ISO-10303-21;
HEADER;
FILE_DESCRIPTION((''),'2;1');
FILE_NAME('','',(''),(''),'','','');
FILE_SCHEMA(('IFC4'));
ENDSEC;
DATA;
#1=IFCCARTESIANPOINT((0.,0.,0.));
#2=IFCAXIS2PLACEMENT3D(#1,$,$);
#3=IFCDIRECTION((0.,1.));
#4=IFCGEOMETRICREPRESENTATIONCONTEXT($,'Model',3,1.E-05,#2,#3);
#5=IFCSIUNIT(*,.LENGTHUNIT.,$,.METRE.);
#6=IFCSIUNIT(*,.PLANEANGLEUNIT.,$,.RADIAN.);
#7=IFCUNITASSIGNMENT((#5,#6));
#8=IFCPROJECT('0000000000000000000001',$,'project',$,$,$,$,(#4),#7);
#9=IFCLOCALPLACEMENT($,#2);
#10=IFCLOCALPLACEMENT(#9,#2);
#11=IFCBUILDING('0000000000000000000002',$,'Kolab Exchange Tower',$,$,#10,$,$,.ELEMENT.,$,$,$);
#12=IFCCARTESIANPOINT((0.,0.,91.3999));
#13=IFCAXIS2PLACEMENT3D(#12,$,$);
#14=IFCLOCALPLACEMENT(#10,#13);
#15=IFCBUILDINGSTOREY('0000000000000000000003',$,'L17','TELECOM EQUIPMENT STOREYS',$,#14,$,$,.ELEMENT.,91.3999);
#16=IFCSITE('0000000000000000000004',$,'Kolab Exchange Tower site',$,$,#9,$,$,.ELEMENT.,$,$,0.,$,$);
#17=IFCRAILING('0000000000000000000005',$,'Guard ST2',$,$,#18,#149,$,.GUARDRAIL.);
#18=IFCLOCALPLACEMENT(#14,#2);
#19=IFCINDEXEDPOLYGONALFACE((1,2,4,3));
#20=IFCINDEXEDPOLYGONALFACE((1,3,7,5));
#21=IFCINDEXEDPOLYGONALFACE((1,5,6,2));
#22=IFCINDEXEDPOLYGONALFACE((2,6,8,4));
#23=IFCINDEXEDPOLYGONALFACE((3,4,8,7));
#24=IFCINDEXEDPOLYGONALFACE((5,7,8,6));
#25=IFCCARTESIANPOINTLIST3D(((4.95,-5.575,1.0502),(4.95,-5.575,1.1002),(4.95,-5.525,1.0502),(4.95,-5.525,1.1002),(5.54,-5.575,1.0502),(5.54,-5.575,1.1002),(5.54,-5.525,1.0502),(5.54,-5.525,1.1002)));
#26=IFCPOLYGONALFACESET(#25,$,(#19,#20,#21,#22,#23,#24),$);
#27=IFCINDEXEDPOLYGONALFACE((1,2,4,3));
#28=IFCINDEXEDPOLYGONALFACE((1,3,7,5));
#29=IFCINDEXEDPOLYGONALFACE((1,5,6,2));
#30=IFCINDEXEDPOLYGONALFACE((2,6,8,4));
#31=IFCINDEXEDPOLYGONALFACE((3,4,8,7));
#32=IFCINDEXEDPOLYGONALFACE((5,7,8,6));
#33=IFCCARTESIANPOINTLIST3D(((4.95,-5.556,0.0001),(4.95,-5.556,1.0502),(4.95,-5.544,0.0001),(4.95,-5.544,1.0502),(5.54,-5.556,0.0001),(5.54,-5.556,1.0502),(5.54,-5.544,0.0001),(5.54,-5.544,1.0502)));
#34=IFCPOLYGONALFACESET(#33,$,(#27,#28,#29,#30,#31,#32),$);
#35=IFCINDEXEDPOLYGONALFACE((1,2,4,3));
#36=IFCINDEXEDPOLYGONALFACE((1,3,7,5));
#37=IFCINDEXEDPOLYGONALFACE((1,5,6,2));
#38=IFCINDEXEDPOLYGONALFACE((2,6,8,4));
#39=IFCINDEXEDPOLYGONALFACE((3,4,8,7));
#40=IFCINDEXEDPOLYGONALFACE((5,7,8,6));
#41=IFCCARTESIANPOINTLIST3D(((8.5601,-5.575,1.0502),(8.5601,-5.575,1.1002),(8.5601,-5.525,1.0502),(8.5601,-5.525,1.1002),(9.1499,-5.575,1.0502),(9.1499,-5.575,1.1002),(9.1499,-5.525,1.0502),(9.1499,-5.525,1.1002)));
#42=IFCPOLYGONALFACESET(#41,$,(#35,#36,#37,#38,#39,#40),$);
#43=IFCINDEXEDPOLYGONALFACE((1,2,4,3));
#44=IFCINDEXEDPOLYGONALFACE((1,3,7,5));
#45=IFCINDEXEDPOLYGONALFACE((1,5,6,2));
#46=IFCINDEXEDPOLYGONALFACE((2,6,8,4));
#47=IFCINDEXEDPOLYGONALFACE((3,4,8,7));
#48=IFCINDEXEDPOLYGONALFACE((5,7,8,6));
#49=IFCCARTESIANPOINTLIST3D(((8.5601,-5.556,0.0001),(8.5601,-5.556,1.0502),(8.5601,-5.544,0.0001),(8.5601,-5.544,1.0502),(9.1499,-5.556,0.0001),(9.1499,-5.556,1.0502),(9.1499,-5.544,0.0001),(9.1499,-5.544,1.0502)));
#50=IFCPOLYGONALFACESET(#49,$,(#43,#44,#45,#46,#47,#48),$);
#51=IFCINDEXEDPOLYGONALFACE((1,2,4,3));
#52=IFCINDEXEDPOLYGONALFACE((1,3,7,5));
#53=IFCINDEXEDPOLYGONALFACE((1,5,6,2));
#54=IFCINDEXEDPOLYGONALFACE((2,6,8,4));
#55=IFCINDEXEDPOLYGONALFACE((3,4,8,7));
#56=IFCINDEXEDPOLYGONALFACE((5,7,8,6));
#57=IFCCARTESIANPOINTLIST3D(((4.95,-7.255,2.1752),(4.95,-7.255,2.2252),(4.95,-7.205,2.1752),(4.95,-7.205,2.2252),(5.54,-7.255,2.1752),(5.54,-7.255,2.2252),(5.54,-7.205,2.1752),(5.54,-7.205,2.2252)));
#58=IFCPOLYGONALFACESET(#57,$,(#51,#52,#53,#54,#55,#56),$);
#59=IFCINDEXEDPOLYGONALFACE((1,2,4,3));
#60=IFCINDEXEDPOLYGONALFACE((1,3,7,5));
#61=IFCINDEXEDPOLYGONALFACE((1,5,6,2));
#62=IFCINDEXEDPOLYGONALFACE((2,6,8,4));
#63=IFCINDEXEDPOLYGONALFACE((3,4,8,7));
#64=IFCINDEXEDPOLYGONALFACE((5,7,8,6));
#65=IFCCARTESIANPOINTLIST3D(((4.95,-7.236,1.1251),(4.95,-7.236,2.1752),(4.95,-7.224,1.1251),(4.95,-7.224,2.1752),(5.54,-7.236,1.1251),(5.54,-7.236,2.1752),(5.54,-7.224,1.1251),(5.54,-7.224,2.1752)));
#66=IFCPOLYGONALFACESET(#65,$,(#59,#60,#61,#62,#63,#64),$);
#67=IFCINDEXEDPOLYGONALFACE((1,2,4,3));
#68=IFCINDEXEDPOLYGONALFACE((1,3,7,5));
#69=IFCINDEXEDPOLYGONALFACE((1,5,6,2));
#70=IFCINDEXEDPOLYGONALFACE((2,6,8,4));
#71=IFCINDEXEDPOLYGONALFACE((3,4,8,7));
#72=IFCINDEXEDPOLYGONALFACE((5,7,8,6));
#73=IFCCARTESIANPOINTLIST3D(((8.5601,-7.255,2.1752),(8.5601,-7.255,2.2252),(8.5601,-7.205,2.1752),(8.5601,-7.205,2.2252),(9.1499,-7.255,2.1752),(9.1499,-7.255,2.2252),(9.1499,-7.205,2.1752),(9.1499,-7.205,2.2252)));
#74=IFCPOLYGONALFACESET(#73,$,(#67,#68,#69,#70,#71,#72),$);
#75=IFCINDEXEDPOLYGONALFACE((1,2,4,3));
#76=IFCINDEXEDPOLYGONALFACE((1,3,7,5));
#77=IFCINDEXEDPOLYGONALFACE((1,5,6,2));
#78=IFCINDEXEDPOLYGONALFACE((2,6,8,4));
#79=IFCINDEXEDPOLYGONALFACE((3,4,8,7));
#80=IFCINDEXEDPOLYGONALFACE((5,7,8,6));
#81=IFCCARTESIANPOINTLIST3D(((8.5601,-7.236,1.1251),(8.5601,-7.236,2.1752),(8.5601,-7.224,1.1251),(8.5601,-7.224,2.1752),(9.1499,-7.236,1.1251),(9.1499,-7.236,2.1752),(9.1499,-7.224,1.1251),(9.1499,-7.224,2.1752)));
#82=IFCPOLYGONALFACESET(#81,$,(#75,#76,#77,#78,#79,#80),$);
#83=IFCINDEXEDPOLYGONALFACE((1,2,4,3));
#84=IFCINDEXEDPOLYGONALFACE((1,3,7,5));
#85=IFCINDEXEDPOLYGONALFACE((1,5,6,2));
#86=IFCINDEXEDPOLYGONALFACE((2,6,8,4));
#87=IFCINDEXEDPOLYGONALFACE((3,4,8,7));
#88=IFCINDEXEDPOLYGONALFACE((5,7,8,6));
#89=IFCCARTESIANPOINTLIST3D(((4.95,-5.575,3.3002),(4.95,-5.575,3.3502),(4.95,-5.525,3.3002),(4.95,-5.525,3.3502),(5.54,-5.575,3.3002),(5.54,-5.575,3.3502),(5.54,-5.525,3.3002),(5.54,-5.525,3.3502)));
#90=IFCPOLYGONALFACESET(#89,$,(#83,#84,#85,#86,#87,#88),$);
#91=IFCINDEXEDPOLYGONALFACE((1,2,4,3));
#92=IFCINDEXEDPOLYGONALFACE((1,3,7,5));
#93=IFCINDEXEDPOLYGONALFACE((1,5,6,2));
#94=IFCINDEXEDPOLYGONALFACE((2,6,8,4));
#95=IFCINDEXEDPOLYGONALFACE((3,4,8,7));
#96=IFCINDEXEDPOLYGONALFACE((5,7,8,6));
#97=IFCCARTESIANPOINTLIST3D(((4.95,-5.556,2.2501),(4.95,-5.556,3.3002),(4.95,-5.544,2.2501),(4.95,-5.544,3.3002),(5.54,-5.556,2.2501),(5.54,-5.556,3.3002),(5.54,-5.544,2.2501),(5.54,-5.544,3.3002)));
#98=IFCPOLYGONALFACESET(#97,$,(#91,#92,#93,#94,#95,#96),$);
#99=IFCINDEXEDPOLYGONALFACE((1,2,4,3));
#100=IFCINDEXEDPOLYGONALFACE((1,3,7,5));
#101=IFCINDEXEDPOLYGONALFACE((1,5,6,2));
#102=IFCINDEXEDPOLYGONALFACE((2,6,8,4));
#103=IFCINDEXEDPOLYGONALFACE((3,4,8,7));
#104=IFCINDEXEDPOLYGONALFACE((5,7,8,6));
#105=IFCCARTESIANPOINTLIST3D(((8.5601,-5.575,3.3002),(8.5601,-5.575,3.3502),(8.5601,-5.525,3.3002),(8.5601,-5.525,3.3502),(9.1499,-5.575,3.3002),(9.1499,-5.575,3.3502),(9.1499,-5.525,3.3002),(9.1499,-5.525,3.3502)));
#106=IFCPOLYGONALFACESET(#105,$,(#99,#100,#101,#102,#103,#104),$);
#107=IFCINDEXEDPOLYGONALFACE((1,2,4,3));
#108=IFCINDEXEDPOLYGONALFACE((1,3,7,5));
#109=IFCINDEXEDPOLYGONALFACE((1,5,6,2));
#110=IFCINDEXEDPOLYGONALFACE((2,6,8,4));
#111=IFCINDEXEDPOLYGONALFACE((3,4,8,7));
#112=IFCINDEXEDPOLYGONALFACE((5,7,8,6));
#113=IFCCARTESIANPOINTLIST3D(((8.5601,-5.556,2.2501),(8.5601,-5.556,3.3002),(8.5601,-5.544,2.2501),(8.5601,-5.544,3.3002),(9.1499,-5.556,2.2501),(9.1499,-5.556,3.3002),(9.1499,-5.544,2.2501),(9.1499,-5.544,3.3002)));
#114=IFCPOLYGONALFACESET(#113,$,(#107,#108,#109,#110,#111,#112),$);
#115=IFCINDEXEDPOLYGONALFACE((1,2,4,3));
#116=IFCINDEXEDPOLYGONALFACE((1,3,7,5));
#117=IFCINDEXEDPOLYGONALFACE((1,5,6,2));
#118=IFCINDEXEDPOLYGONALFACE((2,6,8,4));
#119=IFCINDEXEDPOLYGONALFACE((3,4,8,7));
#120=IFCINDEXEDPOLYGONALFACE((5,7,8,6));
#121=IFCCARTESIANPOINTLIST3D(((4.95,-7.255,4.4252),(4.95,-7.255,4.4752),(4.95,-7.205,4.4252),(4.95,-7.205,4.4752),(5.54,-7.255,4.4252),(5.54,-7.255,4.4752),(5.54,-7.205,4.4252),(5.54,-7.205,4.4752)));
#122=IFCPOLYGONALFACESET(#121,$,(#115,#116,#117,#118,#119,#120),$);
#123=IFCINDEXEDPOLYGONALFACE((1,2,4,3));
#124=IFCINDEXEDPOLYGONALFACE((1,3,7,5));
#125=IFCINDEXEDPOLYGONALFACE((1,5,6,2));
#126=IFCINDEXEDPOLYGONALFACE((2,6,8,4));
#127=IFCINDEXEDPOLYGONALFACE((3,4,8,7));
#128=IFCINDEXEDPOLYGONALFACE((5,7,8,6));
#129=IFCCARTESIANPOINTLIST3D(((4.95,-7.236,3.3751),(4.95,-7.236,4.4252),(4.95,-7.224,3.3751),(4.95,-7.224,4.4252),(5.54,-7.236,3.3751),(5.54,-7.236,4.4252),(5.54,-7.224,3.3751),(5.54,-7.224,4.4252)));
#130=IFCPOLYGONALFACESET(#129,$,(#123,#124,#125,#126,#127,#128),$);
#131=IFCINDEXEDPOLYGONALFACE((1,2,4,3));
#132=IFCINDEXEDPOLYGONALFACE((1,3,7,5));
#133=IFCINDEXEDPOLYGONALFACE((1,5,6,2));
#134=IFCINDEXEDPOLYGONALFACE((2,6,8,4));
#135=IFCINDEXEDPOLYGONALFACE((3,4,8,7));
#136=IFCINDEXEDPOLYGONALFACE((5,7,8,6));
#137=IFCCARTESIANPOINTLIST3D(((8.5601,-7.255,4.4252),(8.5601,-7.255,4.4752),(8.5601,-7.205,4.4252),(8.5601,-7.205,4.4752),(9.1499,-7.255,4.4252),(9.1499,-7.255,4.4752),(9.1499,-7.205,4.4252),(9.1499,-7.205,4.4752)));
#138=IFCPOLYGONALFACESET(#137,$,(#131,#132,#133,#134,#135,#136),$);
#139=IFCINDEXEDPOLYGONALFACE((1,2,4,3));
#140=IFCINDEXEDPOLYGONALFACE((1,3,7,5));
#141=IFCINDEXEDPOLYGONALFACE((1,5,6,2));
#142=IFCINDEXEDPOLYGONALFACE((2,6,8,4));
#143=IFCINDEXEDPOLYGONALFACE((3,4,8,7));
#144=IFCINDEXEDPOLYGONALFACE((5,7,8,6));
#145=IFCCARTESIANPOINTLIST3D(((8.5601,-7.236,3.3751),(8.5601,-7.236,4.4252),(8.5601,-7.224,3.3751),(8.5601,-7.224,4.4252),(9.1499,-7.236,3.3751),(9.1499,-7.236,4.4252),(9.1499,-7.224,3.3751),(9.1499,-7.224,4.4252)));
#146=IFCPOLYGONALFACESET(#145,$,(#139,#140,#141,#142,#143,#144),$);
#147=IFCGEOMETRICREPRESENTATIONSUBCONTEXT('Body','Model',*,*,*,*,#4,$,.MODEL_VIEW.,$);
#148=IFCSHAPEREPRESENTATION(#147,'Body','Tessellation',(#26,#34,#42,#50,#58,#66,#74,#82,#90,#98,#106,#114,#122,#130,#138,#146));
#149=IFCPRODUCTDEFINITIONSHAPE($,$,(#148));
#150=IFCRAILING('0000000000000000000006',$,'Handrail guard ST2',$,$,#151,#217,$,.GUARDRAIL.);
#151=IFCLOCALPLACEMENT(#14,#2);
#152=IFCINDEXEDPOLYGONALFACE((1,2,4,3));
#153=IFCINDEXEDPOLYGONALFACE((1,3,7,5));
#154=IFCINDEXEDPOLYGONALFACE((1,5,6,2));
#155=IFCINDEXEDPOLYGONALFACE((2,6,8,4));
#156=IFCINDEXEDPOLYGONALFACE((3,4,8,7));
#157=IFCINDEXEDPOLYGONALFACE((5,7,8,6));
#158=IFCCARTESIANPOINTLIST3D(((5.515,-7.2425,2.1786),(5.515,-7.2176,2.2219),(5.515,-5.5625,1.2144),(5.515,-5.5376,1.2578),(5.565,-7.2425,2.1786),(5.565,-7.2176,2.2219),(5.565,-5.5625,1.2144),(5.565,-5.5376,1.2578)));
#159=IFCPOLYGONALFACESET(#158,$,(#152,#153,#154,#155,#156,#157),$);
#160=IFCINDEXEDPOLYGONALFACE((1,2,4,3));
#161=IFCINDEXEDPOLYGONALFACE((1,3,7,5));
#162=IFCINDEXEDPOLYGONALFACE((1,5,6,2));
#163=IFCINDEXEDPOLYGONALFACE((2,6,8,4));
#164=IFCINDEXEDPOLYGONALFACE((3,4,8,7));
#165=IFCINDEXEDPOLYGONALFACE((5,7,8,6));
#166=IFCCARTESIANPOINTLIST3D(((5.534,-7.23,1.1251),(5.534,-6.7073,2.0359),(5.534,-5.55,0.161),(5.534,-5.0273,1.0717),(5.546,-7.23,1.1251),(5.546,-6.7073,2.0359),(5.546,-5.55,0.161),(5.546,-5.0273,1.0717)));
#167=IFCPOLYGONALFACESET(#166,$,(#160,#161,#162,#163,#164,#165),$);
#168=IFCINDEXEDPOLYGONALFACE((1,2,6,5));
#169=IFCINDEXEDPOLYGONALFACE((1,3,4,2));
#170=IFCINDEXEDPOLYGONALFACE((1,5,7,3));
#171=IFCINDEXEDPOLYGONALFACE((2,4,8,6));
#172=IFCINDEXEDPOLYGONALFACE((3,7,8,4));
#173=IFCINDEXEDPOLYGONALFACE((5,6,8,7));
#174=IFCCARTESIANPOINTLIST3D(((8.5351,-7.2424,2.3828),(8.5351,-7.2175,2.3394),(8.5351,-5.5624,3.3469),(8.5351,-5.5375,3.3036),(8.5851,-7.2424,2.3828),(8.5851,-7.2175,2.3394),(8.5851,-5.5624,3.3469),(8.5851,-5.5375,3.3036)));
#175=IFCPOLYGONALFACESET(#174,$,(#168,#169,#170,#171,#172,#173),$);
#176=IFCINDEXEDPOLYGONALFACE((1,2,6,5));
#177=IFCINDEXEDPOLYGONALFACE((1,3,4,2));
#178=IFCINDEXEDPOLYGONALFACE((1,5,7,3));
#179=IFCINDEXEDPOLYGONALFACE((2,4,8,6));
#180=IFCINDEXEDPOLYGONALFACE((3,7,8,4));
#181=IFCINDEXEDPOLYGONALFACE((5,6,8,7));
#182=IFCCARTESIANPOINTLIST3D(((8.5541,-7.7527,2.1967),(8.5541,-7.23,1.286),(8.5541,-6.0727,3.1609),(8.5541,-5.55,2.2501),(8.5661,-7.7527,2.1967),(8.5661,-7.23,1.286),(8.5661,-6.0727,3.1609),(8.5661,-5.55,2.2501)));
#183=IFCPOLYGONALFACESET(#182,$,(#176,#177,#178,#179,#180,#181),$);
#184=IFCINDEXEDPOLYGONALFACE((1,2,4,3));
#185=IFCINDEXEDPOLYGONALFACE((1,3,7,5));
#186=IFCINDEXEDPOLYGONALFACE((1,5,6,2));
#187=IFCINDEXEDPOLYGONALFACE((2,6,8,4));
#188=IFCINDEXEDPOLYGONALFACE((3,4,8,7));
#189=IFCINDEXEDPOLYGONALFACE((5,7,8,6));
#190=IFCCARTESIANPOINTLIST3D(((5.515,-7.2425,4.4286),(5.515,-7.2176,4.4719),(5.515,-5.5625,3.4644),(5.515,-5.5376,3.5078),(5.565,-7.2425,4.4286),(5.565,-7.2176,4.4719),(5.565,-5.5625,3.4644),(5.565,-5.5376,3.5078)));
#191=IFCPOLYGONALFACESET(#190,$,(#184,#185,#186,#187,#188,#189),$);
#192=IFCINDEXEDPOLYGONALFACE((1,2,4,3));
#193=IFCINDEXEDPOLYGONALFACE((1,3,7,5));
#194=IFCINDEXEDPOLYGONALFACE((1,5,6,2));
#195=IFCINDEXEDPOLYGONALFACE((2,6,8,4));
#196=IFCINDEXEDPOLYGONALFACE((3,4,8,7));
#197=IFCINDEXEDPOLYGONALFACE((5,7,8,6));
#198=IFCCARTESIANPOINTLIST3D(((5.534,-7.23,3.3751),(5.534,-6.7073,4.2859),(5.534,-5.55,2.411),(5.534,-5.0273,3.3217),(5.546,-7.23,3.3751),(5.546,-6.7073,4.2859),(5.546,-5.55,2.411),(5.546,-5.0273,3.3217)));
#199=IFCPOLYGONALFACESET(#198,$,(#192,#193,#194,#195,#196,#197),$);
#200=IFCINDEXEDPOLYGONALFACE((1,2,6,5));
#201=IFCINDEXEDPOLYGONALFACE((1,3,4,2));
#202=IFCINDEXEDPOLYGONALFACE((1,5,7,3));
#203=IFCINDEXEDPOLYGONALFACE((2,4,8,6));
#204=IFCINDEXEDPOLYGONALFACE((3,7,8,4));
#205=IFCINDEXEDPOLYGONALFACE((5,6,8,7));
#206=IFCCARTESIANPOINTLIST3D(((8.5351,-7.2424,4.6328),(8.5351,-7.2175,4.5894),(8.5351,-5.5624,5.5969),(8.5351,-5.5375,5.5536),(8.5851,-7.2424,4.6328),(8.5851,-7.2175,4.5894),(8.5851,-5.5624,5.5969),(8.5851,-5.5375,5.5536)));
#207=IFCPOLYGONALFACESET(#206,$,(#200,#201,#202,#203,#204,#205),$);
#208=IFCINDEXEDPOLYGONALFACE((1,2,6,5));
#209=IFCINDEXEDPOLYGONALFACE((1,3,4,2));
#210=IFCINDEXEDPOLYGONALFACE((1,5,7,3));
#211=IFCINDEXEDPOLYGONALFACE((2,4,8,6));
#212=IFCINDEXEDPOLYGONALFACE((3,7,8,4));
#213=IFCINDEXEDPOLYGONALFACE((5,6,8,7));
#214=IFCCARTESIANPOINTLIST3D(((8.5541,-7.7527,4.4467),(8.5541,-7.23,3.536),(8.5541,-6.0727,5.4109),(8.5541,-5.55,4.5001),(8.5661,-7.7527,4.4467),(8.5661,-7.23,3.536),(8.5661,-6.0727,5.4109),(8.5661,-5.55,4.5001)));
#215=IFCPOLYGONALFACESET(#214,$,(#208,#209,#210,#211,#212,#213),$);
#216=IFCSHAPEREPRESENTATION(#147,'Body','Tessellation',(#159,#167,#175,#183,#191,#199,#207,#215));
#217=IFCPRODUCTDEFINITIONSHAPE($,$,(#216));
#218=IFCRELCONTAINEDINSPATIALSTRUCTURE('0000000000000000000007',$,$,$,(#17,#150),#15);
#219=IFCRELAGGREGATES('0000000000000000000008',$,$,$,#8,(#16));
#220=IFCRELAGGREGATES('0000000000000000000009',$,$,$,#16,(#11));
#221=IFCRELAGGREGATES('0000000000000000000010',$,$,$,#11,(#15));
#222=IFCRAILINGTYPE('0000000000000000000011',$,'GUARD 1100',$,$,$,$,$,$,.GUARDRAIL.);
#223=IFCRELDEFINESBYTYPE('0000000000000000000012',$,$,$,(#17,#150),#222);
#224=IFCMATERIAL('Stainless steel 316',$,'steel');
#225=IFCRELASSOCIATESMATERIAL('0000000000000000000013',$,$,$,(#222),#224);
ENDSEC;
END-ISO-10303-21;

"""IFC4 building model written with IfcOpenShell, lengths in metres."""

from ifc_helpers import new_model, si_unit, direction, frame, frame_2d, origin, origin_2d, place, context, subcontext, project, spatial, rectangle, extrude, material, type_object, element, save


model = new_model("IFC4")

# Units and contexts
model_context = context("Model", 3, precision=1e-05, world=origin(), true_north=direction((0.0, 1.0)))
body_context = subcontext(model_context, "Body", "Model", "MODEL_VIEW")
ifc_project = project(units=[si_unit("LENGTHUNIT", "METRE"), si_unit("PLANEANGLEUNIT", "RADIAN")], contexts=[model_context])

# Site, building, storey
site_placement = place(None, origin())
site = spatial("IfcSite", under=ifc_project, at=site_placement, Name="Kolab Exchange Tower site", CompositionType="ELEMENT", RefElevation=0.0)
building_placement = place(site_placement, origin())
building = spatial("IfcBuilding", under=site, at=building_placement, Name="Kolab Exchange Tower", CompositionType="ELEMENT")
storey_placement = place(building_placement, frame((0.0, 0.0, 91.3999)))
storey = spatial("IfcBuildingStorey", under=building, at=storey_placement, Name="L17", Description="TELECOM EQUIPMENT STOREYS", CompositionType="ELEMENT", Elevation=91.3999)

# Shared definitions
ifc_material_1 = material(Name="Stainless steel 316", Category="steel")

# Railings
railing_type = type_object("IfcRailingType", Name="GUARD 1100", PredefinedType="GUARDRAIL", material=ifc_material_1)
railing_1_placement = place(storey_placement, frame((4.95, -5.55, 0.0)))
element("IfcRailing", 1, at=railing_1_placement, inside=storey, type_object=railing_type, Name="Guard ST2", PredefinedType="GUARDRAIL", context=body_context, shape_type="SweptSolid", body=[
    extrude(rectangle(XDim=0.05, YDim=0.05, at=origin_2d()), frame((0.0, 0.0, 1.0752), z_axis=(1.0, 0.0, 0.0), x_axis=(0.0, 1.0, 0.0)), (0.0, 0.0, 1.0), 0.5901),
    extrude(rectangle(XDim=0.012, YDim=1.0501, at=frame_2d((0.0, 0.5251))), frame((0.0, 0.0, 0.0), z_axis=(1.0, 0.0, 0.0), x_axis=(0.0, 1.0, 0.0)), (0.0, 0.0, 1.0), 0.5901),
    extrude(rectangle(XDim=0.05, YDim=0.05, at=origin_2d()), frame((3.6101, 0.0, 1.0752), z_axis=(1.0, 0.0, 0.0), x_axis=(0.0, 1.0, 0.0)), (0.0, 0.0, 1.0), 0.5898),
    extrude(rectangle(XDim=0.012, YDim=1.0501, at=frame_2d((0.0, 0.5251))), frame((3.6101, 0.0, 0.0), z_axis=(1.0, 0.0, 0.0), x_axis=(0.0, 1.0, 0.0)), (0.0, 0.0, 1.0), 0.5898),
    extrude(rectangle(XDim=0.05, YDim=0.05, at=origin_2d()), frame((0.0, -1.6799, 2.2002), z_axis=(1.0, 0.0, 0.0), x_axis=(0.0, 1.0, 0.0)), (0.0, 0.0, 1.0), 0.5901),
    extrude(rectangle(XDim=0.012, YDim=1.0501, at=frame_2d((0.0, 0.5251))), frame((0.0, -1.6799, 1.125), z_axis=(1.0, 0.0, 0.0), x_axis=(0.0, 1.0, 0.0)), (0.0, 0.0, 1.0), 0.5901),
    extrude(rectangle(XDim=0.05, YDim=0.05, at=origin_2d()), frame((3.6101, -1.6799, 2.2002), z_axis=(1.0, 0.0, 0.0), x_axis=(0.0, 1.0, 0.0)), (0.0, 0.0, 1.0), 0.5898),
    extrude(rectangle(XDim=0.012, YDim=1.0501, at=frame_2d((0.0, 0.5251))), frame((3.6101, -1.6799, 1.125), z_axis=(1.0, 0.0, 0.0), x_axis=(0.0, 1.0, 0.0)), (0.0, 0.0, 1.0), 0.5898),
    extrude(rectangle(XDim=0.05, YDim=0.05, at=origin_2d()), frame((0.0, 0.0, 3.3252), z_axis=(1.0, 0.0, 0.0), x_axis=(0.0, 1.0, 0.0)), (0.0, 0.0, 1.0), 0.5901),
    extrude(rectangle(XDim=0.012, YDim=1.0501, at=frame_2d((0.0, 0.5251))), frame((0.0, 0.0, 2.25), z_axis=(1.0, 0.0, 0.0), x_axis=(0.0, 1.0, 0.0)), (0.0, 0.0, 1.0), 0.5901),
    extrude(rectangle(XDim=0.05, YDim=0.05, at=origin_2d()), frame((3.6101, 0.0, 3.3252), z_axis=(1.0, 0.0, 0.0), x_axis=(0.0, 1.0, 0.0)), (0.0, 0.0, 1.0), 0.5898),
    extrude(rectangle(XDim=0.012, YDim=1.0501, at=frame_2d((0.0, 0.5251))), frame((3.6101, 0.0, 2.25), z_axis=(1.0, 0.0, 0.0), x_axis=(0.0, 1.0, 0.0)), (0.0, 0.0, 1.0), 0.5898),
    extrude(rectangle(XDim=0.05, YDim=0.05, at=origin_2d()), frame((0.0, -1.6799, 4.4502), z_axis=(1.0, 0.0, 0.0), x_axis=(0.0, 1.0, 0.0)), (0.0, 0.0, 1.0), 0.5901),
    extrude(rectangle(XDim=0.012, YDim=1.0501, at=frame_2d((0.0, 0.5251))), frame((0.0, -1.6799, 3.375), z_axis=(1.0, 0.0, 0.0), x_axis=(0.0, 1.0, 0.0)), (0.0, 0.0, 1.0), 0.5901),
    extrude(rectangle(XDim=0.05, YDim=0.05, at=origin_2d()), frame((3.6101, -1.6799, 4.4502), z_axis=(1.0, 0.0, 0.0), x_axis=(0.0, 1.0, 0.0)), (0.0, 0.0, 1.0), 0.5898),
    extrude(rectangle(XDim=0.012, YDim=1.0501, at=frame_2d((0.0, 0.5251))), frame((3.6101, -1.6799, 3.375), z_axis=(1.0, 0.0, 0.0), x_axis=(0.0, 1.0, 0.0)), (0.0, 0.0, 1.0), 0.5898),
])
railing_2_placement = place(storey_placement, frame((5.54, -5.55, 0.1609)))
element("IfcRailing", 2, at=railing_2_placement, inside=storey, type_object=railing_type, Name="Handrail guard ST2", PredefinedType="GUARDRAIL", context=body_context, shape_type="SweptSolid", body=[
    extrude(rectangle(XDim=0.05, YDim=0.05, at=origin_2d()), frame((0.0, 0.0, 1.0752), z_axis=(0.0, -0.867319, 0.497753), x_axis=(1.0, 0.0, 0.0)), (0.0, 0.0, 1.0), 1.937),
    extrude(rectangle(XDim=0.012, YDim=1.0501, at=frame_2d((0.0, 0.5251))), frame((0.0, 0.0, 0.0), z_axis=(0.0, -0.867319, 0.497753), x_axis=(1.0, 0.0, 0.0)), (0.0, 0.0, 1.0), 1.937),
    extrude(rectangle(XDim=0.05, YDim=0.05, at=origin_2d()), frame((3.02, -1.6799, 2.2002), z_axis=(0.0, 0.867319, 0.497753), x_axis=(-1.0, 0.0, 0.0)), (0.0, 0.0, 1.0), 1.937),
    extrude(rectangle(XDim=0.012, YDim=1.0501, at=frame_2d((0.0, 0.5251))), frame((3.02, -1.6799, 1.125), z_axis=(0.0, 0.867319, 0.497753), x_axis=(-1.0, 0.0, 0.0)), (0.0, 0.0, 1.0), 1.937),
    extrude(rectangle(XDim=0.05, YDim=0.05, at=origin_2d()), frame((0.0, 0.0, 3.3252), z_axis=(0.0, -0.867319, 0.497753), x_axis=(1.0, 0.0, 0.0)), (0.0, 0.0, 1.0), 1.937),
    extrude(rectangle(XDim=0.012, YDim=1.0501, at=frame_2d((0.0, 0.5251))), frame((0.0, 0.0, 2.25), z_axis=(0.0, -0.867319, 0.497753), x_axis=(1.0, 0.0, 0.0)), (0.0, 0.0, 1.0), 1.937),
    extrude(rectangle(XDim=0.05, YDim=0.05, at=origin_2d()), frame((3.02, -1.6799, 4.4502), z_axis=(0.0, 0.867319, 0.497753), x_axis=(-1.0, 0.0, 0.0)), (0.0, 0.0, 1.0), 1.937),
    extrude(rectangle(XDim=0.012, YDim=1.0501, at=frame_2d((0.0, 0.5251))), frame((3.02, -1.6799, 3.375), z_axis=(0.0, 0.867319, 0.497753), x_axis=(-1.0, 0.0, 0.0)), (0.0, 0.0, 1.0), 1.937),
])

save(model, "model.ifc")
